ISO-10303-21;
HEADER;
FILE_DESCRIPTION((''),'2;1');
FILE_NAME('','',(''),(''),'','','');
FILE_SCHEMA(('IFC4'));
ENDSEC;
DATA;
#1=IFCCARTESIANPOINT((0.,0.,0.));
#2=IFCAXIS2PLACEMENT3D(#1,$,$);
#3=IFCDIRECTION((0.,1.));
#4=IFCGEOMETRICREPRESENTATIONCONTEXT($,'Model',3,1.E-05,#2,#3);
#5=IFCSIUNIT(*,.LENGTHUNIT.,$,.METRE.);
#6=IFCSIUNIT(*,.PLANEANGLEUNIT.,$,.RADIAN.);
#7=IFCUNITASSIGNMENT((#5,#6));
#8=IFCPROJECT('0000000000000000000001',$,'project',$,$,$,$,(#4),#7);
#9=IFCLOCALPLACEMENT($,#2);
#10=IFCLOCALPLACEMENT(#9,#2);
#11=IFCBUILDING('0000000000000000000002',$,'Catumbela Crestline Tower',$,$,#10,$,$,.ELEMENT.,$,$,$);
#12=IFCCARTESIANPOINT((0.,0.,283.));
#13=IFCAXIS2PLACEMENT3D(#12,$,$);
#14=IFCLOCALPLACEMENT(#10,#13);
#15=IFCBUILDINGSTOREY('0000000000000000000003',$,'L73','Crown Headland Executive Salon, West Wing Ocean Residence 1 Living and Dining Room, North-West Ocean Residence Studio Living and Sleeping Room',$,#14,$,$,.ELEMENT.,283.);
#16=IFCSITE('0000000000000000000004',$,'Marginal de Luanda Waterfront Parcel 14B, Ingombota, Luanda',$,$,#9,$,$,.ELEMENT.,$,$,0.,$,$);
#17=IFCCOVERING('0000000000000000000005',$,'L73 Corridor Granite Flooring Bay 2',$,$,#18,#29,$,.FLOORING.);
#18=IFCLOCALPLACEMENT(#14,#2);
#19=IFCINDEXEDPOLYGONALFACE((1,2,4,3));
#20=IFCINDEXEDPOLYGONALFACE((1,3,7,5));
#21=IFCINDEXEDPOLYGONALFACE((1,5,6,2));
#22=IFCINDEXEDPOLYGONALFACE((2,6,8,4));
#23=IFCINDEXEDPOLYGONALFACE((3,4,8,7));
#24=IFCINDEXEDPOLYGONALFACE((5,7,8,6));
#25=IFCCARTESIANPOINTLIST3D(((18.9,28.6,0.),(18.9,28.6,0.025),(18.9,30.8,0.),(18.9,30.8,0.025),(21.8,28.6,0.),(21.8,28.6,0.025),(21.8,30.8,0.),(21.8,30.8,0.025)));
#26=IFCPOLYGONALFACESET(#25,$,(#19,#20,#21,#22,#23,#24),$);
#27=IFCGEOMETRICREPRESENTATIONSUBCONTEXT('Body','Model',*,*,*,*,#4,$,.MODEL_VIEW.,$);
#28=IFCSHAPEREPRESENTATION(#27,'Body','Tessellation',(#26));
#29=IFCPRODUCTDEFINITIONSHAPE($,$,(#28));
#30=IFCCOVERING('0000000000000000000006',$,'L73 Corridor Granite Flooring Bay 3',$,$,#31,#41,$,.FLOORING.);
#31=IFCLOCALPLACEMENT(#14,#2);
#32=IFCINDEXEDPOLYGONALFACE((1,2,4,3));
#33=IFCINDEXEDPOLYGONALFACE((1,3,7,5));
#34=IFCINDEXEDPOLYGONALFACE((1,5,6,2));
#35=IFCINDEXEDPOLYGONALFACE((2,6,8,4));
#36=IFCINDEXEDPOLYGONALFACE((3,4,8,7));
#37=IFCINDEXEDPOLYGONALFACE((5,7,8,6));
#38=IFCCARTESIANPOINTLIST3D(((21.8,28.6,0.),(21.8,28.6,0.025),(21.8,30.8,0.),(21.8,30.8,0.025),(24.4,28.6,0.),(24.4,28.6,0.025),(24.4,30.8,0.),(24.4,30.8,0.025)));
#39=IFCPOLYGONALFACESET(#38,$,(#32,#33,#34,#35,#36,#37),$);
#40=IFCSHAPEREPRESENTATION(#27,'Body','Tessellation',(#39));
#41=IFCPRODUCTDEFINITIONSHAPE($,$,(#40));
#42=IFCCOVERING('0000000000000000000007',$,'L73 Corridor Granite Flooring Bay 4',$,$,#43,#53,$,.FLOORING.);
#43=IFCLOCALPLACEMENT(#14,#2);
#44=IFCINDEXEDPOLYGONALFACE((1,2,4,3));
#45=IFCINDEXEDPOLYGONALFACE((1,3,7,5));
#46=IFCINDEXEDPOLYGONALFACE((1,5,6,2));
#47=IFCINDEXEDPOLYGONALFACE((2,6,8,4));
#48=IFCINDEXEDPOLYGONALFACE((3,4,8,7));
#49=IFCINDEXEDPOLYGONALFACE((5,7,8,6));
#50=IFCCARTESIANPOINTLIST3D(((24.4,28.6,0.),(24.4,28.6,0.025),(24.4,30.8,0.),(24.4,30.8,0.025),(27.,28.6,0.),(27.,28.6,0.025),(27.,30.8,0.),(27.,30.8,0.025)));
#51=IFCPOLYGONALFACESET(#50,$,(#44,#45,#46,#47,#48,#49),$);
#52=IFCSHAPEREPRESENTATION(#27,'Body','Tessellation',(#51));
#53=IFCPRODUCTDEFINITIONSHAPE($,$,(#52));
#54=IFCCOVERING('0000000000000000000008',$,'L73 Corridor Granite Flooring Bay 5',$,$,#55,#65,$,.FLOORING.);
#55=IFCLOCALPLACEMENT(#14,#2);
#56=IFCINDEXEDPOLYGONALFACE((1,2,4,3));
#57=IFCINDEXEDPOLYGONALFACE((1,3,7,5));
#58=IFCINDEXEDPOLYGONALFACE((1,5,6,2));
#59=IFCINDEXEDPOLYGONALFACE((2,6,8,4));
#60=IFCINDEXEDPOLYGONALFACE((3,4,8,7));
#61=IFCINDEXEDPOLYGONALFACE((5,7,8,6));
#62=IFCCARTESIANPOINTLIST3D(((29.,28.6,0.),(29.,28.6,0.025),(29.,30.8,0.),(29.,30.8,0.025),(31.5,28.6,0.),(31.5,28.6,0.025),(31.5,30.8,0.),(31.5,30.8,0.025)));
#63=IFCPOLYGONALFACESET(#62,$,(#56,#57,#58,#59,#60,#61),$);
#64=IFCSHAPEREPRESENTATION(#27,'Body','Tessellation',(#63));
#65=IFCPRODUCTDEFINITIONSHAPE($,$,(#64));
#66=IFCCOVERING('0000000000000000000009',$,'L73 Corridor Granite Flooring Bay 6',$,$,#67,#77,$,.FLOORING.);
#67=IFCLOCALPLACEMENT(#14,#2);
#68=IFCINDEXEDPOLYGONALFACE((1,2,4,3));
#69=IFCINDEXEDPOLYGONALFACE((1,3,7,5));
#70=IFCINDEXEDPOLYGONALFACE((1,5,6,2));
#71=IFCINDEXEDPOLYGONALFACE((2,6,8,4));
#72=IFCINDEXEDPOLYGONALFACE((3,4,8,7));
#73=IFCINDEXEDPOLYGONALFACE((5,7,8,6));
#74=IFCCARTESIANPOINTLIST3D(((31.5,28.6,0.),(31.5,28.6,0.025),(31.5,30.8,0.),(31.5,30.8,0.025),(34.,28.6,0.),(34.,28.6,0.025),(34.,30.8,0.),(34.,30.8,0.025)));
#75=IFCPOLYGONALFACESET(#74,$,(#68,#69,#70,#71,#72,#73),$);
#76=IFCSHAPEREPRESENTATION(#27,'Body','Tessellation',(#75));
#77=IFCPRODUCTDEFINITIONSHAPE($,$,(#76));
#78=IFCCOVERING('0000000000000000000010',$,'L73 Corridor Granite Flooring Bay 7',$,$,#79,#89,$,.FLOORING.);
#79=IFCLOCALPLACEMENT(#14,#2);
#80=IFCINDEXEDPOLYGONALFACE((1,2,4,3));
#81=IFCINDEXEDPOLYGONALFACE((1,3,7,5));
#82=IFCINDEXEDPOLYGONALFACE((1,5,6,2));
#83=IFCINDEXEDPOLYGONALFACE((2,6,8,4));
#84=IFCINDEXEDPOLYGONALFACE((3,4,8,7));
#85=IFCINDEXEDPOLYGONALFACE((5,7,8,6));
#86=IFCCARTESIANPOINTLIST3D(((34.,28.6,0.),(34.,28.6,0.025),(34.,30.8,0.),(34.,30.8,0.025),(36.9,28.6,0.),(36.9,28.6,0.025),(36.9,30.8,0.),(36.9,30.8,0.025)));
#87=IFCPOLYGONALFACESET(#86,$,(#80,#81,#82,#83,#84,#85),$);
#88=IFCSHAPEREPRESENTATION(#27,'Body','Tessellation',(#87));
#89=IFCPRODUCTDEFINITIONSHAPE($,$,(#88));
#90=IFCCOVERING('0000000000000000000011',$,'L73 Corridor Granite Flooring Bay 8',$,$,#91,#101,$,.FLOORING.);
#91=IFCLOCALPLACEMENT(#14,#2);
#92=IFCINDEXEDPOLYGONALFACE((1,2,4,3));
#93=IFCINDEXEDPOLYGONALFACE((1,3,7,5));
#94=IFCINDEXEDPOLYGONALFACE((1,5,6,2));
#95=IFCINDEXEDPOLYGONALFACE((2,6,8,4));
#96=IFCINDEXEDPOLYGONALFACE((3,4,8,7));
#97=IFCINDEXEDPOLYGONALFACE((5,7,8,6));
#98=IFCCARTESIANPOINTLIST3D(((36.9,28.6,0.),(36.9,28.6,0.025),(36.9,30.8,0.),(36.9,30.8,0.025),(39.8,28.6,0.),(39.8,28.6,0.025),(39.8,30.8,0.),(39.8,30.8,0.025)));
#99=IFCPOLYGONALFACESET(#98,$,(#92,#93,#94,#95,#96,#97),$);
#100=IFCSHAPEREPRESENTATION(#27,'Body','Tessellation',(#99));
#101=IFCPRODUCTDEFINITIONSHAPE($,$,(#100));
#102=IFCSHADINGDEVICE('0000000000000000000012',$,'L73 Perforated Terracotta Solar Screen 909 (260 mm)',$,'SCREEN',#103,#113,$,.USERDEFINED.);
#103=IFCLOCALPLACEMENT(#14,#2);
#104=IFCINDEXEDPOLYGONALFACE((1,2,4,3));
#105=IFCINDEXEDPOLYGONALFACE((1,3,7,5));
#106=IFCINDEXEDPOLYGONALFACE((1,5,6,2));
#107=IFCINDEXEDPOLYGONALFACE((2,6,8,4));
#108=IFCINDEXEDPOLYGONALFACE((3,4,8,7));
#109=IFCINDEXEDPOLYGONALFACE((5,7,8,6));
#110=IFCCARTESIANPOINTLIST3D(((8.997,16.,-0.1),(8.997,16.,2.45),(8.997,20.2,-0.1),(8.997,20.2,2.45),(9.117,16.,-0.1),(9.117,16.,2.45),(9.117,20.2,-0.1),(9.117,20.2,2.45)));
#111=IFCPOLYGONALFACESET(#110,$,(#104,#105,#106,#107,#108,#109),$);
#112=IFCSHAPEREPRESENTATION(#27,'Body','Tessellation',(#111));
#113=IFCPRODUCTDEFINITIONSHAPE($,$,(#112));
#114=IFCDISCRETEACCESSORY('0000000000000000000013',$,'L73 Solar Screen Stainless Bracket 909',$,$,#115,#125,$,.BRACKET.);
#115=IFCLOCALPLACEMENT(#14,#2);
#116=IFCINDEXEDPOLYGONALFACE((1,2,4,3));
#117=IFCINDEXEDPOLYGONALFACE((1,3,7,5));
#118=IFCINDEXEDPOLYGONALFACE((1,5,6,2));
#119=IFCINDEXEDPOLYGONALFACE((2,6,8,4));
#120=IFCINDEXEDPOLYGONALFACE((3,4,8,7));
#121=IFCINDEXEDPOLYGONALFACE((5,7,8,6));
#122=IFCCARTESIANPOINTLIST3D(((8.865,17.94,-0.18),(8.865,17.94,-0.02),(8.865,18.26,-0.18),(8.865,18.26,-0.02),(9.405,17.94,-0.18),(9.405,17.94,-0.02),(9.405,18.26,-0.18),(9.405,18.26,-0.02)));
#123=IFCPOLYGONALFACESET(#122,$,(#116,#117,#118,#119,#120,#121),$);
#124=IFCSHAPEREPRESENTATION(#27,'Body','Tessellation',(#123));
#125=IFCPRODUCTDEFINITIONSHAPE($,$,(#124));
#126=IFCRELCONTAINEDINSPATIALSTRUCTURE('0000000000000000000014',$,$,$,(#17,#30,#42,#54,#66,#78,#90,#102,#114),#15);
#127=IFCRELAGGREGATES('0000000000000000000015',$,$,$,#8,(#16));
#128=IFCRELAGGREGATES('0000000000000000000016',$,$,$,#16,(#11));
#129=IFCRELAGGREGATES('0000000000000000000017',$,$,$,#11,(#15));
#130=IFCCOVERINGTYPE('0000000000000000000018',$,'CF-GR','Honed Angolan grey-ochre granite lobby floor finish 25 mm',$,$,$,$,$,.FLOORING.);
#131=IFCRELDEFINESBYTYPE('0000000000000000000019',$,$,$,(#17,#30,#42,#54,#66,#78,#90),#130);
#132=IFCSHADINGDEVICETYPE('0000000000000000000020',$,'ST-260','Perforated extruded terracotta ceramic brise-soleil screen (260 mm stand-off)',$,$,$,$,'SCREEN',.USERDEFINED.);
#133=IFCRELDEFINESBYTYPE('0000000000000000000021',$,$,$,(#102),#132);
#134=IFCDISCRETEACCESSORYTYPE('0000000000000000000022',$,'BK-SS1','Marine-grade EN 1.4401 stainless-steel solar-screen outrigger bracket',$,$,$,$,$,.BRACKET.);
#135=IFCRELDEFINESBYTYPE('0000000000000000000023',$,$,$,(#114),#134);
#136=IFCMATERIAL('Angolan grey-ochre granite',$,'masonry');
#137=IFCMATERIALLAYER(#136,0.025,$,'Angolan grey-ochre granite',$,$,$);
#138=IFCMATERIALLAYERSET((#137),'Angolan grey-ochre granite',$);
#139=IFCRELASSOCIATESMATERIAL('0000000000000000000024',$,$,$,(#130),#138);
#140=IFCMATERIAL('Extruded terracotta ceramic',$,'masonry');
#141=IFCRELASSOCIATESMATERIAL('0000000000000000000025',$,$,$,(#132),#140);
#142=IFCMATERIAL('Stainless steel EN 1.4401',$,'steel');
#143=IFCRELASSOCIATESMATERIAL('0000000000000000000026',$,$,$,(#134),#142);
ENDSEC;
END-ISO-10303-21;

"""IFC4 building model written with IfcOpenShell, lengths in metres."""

from ifc_helpers import new_model, si_unit, direction, frame, origin, origin_2d, place, context, subcontext, project, spatial, polyline, rectangle, outline, extrude, material, layer, layer_set, type_object, element, save


model = new_model("IFC4")

# Units and contexts
model_context = context("Model", 3, precision=1e-05, world=origin(), true_north=direction((0.0, 1.0)))
body_context = subcontext(model_context, "Body", "Model", "MODEL_VIEW")
ifc_project = project(units=[si_unit("LENGTHUNIT", "METRE"), si_unit("PLANEANGLEUNIT", "RADIAN")], contexts=[model_context])

# Site, building, storey
site_placement = place(None, origin())
site = spatial("IfcSite", under=ifc_project, at=site_placement, Name="Marginal de Luanda Waterfront Parcel 14B, Ingombota, Luanda", CompositionType="ELEMENT", RefElevation=0.0)
building_placement = place(site_placement, origin())
building = spatial("IfcBuilding", under=site, at=building_placement, Name="Catumbela Crestline Tower", CompositionType="ELEMENT")
storey_placement = place(building_placement, frame((0.0, 0.0, 283.0)))
storey = spatial("IfcBuildingStorey", under=building, at=storey_placement, Name="L73", Description="Crown Headland Executive Salon, West Wing Ocean Residence 1 Living and Dining Room, North-West Ocean Residence Studio Living and Sleeping Room", CompositionType="ELEMENT", Elevation=283.0)

# Shared definitions
ifc_material_1 = material(Name="Angolan grey-ochre granite", Category="masonry")

# Coverings
ifc_layer_1 = layer(ifc_material_1, 0.025, Name="Angolan grey-ochre granite")
ifc_layer_set_1 = layer_set([ifc_layer_1], Name="Angolan grey-ochre granite")
covering_type_1 = type_object("IfcCoveringType", Name="CF-GR", Description="Honed Angolan grey-ochre granite lobby floor finish 25 mm", PredefinedType="FLOORING", material=ifc_layer_set_1)
covering_1_placement = place(storey_placement, origin())
element("IfcCovering", 1, at=covering_1_placement, inside=storey, type_object=covering_type_1, Name="L73 Corridor Granite Flooring Bay 2", PredefinedType="FLOORING", context=body_context, shape_type="SweptSolid", body=[
    extrude(outline(polyline([(18.9, 28.6), (21.8, 28.6), (21.8, 30.8), (18.9, 30.8), (18.9, 28.6)])), origin(), (0.0, 0.0, 1.0), 0.025),
])
covering_2_placement = place(storey_placement, origin())
element("IfcCovering", 2, at=covering_2_placement, inside=storey, type_object=covering_type_1, Name="L73 Corridor Granite Flooring Bay 3", PredefinedType="FLOORING", context=body_context, shape_type="SweptSolid", body=[
    extrude(outline(polyline([(21.8, 28.6), (24.4, 28.6), (24.4, 30.8), (21.8, 30.8), (21.8, 28.6)])), origin(), (0.0, 0.0, 1.0), 0.025),
])
covering_3_placement = place(storey_placement, origin())
element("IfcCovering", 3, at=covering_3_placement, inside=storey, type_object=covering_type_1, Name="L73 Corridor Granite Flooring Bay 4", PredefinedType="FLOORING", context=body_context, shape_type="SweptSolid", body=[
    extrude(outline(polyline([(24.4, 28.6), (27.0, 28.6), (27.0, 30.8), (24.4, 30.8), (24.4, 28.6)])), origin(), (0.0, 0.0, 1.0), 0.025),
])
covering_4_placement = place(storey_placement, origin())
element("IfcCovering", 4, at=covering_4_placement, inside=storey, type_object=covering_type_1, Name="L73 Corridor Granite Flooring Bay 5", PredefinedType="FLOORING", context=body_context, shape_type="SweptSolid", body=[
    extrude(outline(polyline([(29.0, 28.6), (31.5, 28.6), (31.5, 30.8), (29.0, 30.8), (29.0, 28.6)])), origin(), (0.0, 0.0, 1.0), 0.025),
])
covering_5_placement = place(storey_placement, origin())
element("IfcCovering", 5, at=covering_5_placement, inside=storey, type_object=covering_type_1, Name="L73 Corridor Granite Flooring Bay 6", PredefinedType="FLOORING", context=body_context, shape_type="SweptSolid", body=[
    extrude(outline(polyline([(31.5, 28.6), (34.0, 28.6), (34.0, 30.8), (31.5, 30.8), (31.5, 28.6)])), origin(), (0.0, 0.0, 1.0), 0.025),
])
covering_6_placement = place(storey_placement, origin())
element("IfcCovering", 6, at=covering_6_placement, inside=storey, type_object=covering_type_1, Name="L73 Corridor Granite Flooring Bay 7", PredefinedType="FLOORING", context=body_context, shape_type="SweptSolid", body=[
    extrude(outline(polyline([(34.0, 28.6), (36.9, 28.6), (36.9, 30.8), (34.0, 30.8), (34.0, 28.6)])), origin(), (0.0, 0.0, 1.0), 0.025),
])
covering_7_placement = place(storey_placement, origin())
element("IfcCovering", 7, at=covering_7_placement, inside=storey, type_object=covering_type_1, Name="L73 Corridor Granite Flooring Bay 8", PredefinedType="FLOORING", context=body_context, shape_type="SweptSolid", body=[
    extrude(outline(polyline([(36.9, 28.6), (39.8, 28.6), (39.8, 30.8), (36.9, 30.8), (36.9, 28.6)])), origin(), (0.0, 0.0, 1.0), 0.025),
])

# Shading device
ifc_material_2 = material(Name="Extruded terracotta ceramic", Category="masonry")
shading_device_type = type_object("IfcShadingDeviceType", Name="ST-260", Description="Perforated extruded terracotta ceramic brise-soleil screen (260 mm stand-off)", ElementType="SCREEN", PredefinedType="USERDEFINED", material=ifc_material_2)
shading_device_placement = place(storey_placement, frame((9.057, 18.1, -0.1), z_axis=(0.0, 0.0, 1.0), x_axis=(0.0, -1.0, 0.0)))
element("IfcShadingDevice", 8, at=shading_device_placement, inside=storey, type_object=shading_device_type, Name="L73 Perforated Terracotta Solar Screen 909 (260 mm)", ObjectType="SCREEN", PredefinedType="USERDEFINED", context=body_context, shape_type="SweptSolid", body=[
    extrude(rectangle(XDim=4.2, YDim=0.12, at=origin_2d()), origin(), (0.0, 0.0, 1.0), 2.55),
])

# Discrete accessory
ifc_material_3 = material(Name="Stainless steel EN 1.4401", Category="steel")
discrete_accessory_type = type_object("IfcDiscreteAccessoryType", Name="BK-SS1", Description="Marine-grade EN 1.4401 stainless-steel solar-screen outrigger bracket", PredefinedType="BRACKET", material=ifc_material_3)
discrete_accessory_placement = place(storey_placement, frame((9.135, 18.1, -0.18), z_axis=(0.0, 0.0, 1.0), x_axis=(0.0, -1.0, 0.0)))
element("IfcDiscreteAccessory", 9, at=discrete_accessory_placement, inside=storey, type_object=discrete_accessory_type, Name="L73 Solar Screen Stainless Bracket 909", PredefinedType="BRACKET", context=body_context, shape_type="SweptSolid", body=[
    extrude(rectangle(XDim=0.32, YDim=0.54, at=origin_2d()), origin(), (0.0, 0.0, 1.0), 0.16),
])

save(model, "model.ifc")
